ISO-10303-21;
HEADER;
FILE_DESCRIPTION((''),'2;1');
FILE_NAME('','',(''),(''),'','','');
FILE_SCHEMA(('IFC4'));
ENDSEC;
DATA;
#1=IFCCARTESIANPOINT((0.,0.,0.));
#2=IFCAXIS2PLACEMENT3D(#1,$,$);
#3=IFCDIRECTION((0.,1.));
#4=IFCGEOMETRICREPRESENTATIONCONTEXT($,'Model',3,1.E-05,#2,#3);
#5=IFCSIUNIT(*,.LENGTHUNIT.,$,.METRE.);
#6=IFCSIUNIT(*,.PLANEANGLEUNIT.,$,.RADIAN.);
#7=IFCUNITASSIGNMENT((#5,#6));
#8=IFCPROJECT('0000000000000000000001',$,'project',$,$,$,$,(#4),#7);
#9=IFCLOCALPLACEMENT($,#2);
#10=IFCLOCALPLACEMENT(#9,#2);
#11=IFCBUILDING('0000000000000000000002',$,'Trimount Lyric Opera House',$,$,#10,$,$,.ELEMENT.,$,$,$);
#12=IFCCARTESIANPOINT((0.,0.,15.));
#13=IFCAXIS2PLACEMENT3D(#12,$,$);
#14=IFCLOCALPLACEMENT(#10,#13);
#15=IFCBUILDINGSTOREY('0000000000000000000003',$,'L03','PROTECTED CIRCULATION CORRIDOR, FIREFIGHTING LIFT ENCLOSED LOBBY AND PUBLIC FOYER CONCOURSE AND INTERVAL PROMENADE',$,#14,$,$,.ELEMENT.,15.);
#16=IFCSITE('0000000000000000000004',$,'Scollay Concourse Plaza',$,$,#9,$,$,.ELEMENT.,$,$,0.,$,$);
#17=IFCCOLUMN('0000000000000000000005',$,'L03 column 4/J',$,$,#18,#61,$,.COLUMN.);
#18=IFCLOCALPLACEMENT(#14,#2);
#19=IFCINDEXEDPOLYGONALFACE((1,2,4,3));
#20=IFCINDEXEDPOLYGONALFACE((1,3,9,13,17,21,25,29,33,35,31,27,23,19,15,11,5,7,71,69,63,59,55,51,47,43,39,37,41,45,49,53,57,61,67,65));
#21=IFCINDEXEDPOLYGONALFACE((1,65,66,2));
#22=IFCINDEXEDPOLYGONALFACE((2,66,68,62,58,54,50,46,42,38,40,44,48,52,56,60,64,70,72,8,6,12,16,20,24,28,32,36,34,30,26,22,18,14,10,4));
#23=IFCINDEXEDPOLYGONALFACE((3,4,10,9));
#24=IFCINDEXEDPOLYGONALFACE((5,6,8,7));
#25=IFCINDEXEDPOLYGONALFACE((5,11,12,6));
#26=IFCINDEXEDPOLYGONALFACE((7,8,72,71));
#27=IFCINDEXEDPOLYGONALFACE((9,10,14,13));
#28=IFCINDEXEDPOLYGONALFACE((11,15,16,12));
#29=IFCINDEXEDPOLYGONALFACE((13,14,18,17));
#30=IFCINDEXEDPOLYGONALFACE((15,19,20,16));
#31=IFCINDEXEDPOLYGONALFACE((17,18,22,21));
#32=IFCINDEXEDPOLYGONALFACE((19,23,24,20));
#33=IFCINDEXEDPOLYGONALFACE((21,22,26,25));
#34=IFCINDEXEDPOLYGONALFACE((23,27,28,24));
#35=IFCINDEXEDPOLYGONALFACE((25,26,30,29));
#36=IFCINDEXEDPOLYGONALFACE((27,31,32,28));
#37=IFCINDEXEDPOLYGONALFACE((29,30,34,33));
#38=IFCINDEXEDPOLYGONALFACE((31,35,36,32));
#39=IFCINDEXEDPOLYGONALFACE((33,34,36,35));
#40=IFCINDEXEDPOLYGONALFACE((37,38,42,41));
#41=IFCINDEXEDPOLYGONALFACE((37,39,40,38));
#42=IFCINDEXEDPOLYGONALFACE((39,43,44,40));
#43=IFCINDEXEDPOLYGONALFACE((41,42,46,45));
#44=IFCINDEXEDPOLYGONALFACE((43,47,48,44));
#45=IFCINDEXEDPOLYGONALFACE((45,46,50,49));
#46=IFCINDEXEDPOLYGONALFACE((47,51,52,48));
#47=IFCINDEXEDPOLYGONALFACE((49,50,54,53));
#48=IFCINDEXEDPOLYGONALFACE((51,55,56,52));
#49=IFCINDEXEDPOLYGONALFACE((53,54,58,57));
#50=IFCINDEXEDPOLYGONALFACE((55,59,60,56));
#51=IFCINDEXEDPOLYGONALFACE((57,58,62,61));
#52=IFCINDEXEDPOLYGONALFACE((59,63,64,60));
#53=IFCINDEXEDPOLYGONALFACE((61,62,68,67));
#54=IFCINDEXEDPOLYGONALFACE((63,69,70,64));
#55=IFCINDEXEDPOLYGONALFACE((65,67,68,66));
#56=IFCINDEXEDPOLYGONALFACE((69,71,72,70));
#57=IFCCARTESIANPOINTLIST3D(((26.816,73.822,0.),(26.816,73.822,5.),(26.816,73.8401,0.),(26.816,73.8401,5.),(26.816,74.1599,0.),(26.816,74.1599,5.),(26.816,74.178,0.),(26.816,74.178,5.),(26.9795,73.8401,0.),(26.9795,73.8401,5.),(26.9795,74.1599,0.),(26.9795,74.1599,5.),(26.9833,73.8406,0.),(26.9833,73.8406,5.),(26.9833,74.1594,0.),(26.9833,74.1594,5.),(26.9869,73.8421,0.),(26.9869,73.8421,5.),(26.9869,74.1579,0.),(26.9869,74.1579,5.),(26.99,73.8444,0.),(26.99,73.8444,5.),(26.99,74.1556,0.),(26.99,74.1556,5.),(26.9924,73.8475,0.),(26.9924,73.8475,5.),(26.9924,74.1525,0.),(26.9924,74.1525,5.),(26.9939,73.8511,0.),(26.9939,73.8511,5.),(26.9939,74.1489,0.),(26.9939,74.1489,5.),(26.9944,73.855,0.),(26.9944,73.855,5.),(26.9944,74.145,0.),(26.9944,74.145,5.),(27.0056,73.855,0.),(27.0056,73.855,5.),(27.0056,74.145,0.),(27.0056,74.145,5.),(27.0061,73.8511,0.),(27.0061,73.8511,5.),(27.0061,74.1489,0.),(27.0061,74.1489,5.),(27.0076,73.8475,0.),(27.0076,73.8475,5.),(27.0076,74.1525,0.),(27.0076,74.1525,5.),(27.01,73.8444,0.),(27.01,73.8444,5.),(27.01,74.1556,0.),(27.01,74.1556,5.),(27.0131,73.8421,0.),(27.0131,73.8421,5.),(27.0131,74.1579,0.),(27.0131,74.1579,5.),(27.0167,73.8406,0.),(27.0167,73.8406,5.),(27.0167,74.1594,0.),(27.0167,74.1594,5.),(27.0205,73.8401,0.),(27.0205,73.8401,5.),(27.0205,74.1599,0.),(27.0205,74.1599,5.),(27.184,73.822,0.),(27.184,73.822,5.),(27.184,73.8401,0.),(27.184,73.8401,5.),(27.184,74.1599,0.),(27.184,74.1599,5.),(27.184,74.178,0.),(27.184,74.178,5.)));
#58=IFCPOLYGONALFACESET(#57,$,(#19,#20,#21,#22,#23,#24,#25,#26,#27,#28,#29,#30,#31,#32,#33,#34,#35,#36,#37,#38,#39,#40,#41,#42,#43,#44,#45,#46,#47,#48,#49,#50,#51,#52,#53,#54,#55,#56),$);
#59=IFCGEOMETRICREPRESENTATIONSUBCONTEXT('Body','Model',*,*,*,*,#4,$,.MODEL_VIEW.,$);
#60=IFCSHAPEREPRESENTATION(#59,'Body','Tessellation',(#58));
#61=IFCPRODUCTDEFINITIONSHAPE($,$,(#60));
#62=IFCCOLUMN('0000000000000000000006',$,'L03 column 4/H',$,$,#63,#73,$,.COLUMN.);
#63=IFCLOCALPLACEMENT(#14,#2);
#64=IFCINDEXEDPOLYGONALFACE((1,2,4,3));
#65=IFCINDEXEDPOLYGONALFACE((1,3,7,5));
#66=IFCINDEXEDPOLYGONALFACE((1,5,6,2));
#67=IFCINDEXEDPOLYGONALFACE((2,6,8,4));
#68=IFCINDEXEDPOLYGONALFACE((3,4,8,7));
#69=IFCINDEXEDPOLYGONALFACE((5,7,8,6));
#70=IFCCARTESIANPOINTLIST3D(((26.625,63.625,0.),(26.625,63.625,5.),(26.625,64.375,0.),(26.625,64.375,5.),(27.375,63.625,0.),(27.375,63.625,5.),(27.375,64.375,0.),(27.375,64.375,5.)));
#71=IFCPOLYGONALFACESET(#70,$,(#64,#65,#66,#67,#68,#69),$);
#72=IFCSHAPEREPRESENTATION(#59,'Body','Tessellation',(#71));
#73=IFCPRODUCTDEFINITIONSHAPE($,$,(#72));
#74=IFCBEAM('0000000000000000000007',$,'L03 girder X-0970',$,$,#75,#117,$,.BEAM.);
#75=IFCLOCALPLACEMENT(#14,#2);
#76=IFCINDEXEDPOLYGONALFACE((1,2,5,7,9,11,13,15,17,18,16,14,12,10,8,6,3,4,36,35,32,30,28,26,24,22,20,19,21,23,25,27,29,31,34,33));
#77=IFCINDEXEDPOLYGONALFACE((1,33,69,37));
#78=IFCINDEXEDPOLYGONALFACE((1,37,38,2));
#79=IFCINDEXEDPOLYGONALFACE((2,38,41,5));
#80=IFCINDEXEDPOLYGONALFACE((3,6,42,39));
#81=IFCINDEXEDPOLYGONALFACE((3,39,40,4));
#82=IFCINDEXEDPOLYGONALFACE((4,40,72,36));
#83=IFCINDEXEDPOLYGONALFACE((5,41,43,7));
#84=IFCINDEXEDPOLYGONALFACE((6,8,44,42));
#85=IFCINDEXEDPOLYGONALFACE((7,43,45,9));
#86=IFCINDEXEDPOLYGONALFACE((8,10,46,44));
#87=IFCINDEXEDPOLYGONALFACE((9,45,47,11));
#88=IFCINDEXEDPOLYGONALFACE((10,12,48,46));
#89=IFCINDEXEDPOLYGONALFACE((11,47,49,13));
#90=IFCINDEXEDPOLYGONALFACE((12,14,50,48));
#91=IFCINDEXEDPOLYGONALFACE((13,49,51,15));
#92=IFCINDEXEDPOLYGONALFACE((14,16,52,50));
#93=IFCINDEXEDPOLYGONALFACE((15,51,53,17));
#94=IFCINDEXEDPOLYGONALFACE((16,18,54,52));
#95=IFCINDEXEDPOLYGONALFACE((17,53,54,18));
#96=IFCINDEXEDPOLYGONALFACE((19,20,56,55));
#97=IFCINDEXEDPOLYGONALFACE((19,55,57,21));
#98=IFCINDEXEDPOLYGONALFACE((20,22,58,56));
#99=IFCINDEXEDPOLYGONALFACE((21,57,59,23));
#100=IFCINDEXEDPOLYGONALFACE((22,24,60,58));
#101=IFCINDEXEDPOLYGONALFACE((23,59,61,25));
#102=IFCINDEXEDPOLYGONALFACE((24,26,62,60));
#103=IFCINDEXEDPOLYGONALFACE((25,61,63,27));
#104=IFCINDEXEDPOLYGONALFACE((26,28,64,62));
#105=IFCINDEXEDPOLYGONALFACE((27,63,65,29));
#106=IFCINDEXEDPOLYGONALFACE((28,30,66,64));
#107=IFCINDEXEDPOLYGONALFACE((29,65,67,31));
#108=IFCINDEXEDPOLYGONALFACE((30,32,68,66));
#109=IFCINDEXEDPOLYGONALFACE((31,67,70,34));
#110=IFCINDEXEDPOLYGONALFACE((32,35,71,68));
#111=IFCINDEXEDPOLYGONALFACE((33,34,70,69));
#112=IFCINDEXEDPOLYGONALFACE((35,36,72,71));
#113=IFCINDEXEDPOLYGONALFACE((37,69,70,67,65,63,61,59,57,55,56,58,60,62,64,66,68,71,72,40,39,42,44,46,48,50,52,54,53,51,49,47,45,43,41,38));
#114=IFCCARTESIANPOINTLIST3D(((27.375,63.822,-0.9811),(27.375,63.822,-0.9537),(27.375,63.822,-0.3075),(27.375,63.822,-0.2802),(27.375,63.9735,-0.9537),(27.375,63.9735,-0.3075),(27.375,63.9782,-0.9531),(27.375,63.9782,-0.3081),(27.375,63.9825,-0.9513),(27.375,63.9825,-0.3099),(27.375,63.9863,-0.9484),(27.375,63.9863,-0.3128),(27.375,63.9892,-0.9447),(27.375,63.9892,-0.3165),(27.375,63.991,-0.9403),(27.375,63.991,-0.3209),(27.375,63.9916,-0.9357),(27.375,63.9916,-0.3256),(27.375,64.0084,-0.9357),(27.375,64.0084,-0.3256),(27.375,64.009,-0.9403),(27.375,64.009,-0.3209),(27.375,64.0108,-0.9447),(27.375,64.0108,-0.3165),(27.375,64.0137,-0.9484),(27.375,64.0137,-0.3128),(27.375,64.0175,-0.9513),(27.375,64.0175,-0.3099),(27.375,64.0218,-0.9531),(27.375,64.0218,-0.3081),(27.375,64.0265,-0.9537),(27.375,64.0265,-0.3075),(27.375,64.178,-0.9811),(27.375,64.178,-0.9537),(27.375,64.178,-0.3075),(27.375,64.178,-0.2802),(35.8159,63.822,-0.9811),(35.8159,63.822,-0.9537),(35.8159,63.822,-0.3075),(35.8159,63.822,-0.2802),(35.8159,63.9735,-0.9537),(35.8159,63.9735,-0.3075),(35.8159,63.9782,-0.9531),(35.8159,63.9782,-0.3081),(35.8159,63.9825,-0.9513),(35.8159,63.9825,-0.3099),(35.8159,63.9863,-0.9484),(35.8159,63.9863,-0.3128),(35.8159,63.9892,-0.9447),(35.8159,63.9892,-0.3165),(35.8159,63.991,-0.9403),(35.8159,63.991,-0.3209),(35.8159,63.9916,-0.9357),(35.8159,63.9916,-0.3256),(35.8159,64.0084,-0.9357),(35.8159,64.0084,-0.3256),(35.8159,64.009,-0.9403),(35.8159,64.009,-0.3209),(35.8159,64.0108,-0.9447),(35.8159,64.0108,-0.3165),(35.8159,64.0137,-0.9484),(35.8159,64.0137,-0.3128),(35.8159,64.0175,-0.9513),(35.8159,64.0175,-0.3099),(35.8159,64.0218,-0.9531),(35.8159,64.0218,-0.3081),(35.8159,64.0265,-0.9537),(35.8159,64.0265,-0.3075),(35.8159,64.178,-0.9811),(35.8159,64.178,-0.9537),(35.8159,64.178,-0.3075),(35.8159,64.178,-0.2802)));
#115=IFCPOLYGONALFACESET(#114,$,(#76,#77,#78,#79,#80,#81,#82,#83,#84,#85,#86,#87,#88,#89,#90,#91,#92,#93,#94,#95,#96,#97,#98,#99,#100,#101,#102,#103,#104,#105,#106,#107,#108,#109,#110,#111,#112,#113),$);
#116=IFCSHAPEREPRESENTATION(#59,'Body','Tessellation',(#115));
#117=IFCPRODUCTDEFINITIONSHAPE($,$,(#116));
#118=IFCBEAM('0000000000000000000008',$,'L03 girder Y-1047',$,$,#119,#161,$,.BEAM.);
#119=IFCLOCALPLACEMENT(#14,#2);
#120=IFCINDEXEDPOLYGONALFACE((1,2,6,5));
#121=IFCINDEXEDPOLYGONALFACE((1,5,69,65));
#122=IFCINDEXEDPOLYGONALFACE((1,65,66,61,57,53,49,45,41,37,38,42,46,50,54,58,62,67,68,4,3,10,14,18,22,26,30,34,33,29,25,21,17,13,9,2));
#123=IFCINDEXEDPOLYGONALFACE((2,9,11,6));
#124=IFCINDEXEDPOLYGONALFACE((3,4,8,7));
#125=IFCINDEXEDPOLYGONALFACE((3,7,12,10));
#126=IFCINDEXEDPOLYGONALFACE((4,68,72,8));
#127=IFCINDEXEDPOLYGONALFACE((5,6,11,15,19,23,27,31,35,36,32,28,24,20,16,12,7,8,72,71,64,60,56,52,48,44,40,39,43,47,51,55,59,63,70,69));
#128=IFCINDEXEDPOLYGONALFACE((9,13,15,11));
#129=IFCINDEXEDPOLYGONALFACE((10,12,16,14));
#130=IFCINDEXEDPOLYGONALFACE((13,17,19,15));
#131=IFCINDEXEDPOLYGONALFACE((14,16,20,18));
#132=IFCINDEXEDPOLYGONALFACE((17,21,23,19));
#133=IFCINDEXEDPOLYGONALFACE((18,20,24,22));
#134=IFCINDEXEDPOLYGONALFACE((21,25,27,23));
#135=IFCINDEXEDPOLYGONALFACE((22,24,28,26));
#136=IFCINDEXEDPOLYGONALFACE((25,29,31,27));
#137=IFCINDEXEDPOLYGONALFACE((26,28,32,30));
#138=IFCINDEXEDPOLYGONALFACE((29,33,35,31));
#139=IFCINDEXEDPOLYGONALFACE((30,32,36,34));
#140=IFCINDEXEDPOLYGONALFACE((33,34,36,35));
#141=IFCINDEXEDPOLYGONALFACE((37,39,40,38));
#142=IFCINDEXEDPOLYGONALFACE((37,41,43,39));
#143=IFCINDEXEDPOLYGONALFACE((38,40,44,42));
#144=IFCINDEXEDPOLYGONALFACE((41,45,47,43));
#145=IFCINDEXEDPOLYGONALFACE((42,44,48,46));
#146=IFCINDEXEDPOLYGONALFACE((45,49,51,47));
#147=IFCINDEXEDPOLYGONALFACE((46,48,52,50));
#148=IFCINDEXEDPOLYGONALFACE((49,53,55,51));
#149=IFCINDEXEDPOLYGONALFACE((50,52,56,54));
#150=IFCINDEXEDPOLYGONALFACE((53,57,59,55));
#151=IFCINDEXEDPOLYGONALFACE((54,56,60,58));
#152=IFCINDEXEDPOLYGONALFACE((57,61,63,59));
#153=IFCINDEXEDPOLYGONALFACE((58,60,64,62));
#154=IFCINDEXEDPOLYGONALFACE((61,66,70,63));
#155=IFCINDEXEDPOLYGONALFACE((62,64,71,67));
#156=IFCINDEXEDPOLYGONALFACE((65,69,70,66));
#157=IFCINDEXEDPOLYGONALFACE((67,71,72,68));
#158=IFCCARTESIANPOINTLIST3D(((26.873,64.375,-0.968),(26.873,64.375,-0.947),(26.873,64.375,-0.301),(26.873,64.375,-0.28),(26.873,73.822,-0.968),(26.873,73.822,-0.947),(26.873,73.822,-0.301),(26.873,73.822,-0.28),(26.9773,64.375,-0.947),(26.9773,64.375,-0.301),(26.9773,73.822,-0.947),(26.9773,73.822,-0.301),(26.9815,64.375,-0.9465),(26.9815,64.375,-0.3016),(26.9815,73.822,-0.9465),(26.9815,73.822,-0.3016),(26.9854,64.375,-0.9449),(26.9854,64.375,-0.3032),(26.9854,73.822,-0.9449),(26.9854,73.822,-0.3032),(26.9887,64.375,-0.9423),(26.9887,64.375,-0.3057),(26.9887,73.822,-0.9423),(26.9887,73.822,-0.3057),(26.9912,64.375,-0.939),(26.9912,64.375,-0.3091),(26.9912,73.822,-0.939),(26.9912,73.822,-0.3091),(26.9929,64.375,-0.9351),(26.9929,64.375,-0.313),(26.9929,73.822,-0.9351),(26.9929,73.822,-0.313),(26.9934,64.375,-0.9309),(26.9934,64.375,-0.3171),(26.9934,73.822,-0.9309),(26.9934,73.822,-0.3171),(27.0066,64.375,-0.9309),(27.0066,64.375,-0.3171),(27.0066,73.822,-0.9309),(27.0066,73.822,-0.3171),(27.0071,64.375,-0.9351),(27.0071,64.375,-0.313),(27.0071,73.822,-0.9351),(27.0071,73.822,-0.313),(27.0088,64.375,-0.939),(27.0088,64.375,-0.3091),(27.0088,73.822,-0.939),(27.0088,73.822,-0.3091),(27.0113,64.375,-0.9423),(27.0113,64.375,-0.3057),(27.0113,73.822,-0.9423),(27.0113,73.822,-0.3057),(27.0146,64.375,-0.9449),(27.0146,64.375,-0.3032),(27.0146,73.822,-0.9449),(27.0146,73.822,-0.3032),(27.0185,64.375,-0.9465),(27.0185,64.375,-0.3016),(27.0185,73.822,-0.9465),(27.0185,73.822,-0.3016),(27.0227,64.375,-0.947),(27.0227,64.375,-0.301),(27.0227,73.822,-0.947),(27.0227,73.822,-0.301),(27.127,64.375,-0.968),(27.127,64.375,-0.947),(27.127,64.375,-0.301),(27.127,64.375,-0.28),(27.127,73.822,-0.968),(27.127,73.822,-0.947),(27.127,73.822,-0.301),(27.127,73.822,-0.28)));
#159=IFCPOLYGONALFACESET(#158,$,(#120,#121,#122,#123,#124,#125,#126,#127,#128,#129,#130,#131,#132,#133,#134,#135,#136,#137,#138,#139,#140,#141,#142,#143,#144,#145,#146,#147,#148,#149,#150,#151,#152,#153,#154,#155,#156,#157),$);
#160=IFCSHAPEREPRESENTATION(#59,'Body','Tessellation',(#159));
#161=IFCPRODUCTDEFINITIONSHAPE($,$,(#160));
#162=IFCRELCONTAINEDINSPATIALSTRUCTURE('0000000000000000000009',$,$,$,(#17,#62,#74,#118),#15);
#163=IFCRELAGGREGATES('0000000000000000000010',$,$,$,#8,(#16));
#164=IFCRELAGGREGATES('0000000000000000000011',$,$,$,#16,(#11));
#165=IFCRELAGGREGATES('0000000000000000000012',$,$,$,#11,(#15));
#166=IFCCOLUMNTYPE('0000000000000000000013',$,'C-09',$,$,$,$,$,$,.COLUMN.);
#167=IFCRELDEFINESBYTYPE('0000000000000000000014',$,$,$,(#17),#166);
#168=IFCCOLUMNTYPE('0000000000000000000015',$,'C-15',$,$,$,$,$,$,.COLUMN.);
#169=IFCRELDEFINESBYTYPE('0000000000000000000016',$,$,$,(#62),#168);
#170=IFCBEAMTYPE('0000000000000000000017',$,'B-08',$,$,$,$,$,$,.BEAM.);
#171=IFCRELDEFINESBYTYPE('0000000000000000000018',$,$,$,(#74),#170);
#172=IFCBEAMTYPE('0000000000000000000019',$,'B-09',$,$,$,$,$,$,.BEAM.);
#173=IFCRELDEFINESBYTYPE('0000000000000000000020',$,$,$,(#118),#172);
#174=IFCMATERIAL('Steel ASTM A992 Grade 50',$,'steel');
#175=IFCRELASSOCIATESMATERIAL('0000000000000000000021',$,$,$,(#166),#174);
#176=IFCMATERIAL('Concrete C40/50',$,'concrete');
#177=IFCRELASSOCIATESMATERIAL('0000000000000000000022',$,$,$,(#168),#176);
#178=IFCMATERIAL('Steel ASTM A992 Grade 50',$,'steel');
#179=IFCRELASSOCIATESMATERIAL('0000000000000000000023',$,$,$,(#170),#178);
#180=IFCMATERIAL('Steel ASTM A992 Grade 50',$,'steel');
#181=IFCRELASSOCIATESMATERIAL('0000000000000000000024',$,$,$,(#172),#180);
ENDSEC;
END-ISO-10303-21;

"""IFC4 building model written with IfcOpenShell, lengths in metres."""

from ifc_helpers import new_model, si_unit, direction, frame, origin, origin_2d, place, context, subcontext, project, spatial, rectangle, i_section, extrude, material, material_profile, profile_set, type_object, element, save


model = new_model("IFC4")

# Units and contexts
model_context = context("Model", 3, precision=1e-05, world=origin(), true_north=direction((0.0, 1.0)))
body_context = subcontext(model_context, "Body", "Model", "MODEL_VIEW")
ifc_project = project(units=[si_unit("LENGTHUNIT", "METRE"), si_unit("PLANEANGLEUNIT", "RADIAN")], contexts=[model_context])

# Site, building, storey
site_placement = place(None, origin())
site = spatial("IfcSite", under=ifc_project, at=site_placement, Name="Scollay Concourse Plaza", CompositionType="ELEMENT", RefElevation=0.0)
building_placement = place(site_placement, origin())
building = spatial("IfcBuilding", under=site, at=building_placement, Name="Trimount Lyric Opera House", CompositionType="ELEMENT")
storey_placement = place(building_placement, frame((0.0, 0.0, 15.0)))
storey = spatial("IfcBuildingStorey", under=building, at=storey_placement, Name="L03", Description="PROTECTED CIRCULATION CORRIDOR, FIREFIGHTING LIFT ENCLOSED LOBBY AND PUBLIC FOYER CONCOURSE AND INTERVAL PROMENADE", CompositionType="ELEMENT", Elevation=15.0)

# Columns
ifc_material_1 = material(Name="Steel ASTM A992 Grade 50", Category="steel")
ifc_material_profile_1 = material_profile(ifc_material_1, i_section(OverallWidth=0.3679, OverallDepth=0.356, WebThickness=0.0112, FlangeThickness=0.0181, FilletRadius=0.0149, at=origin_2d()), Name="W14X90")
ifc_profile_set_1 = profile_set([ifc_material_profile_1], Name="Steel ASTM A992 Grade 50")
column_type_1 = type_object("IfcColumnType", Name="C-09", PredefinedType="COLUMN", material=ifc_profile_set_1)
column_1_placement = place(storey_placement, frame((27.0, 74.0, 0.0), z_axis=(0.0, 0.0, 1.0), x_axis=(1.0, 0.0, 0.0)))
element("IfcColumn", 1, at=column_1_placement, inside=storey, type_object=column_type_1, Name="L03 column 4/J", PredefinedType="COLUMN", context=body_context, shape_type="SweptSolid", body=[
    extrude(i_section(OverallWidth=0.3679, OverallDepth=0.356, WebThickness=0.0112, FlangeThickness=0.0181, FilletRadius=0.0149, at=origin_2d()), origin(), (0.0, 0.0, 1.0), 5.0),
])
ifc_material_2 = material(Name="Concrete C40/50", Category="concrete")
ifc_material_profile_2 = material_profile(ifc_material_2, rectangle(XDim=0.75, YDim=0.75, at=origin_2d()), Name="RC750X750")
ifc_profile_set_2 = profile_set([ifc_material_profile_2], Name="Concrete C40/50")
column_type_2 = type_object("IfcColumnType", Name="C-15", PredefinedType="COLUMN", material=ifc_profile_set_2)
column_2_placement = place(storey_placement, frame((27.0, 64.0, 0.0), z_axis=(0.0, 0.0, 1.0), x_axis=(1.0, 0.0, 0.0)))
element("IfcColumn", 2, at=column_2_placement, inside=storey, type_object=column_type_2, Name="L03 column 4/H", PredefinedType="COLUMN", context=body_context, shape_type="SweptSolid", body=[
    extrude(rectangle(XDim=0.75, YDim=0.75, at=origin_2d()), origin(), (0.0, 0.0, 1.0), 5.0),
])

# Beams
ifc_material_3 = material(Name="Steel ASTM A992 Grade 50", Category="steel")
ifc_material_profile_3 = material_profile(ifc_material_3, i_section(OverallWidth=0.356, OverallDepth=0.7009, WebThickness=0.0168, FlangeThickness=0.0273, FilletRadius=0.0181, at=origin_2d()), Name="W27X161")
ifc_profile_set_3 = profile_set([ifc_material_profile_3], Name="Steel ASTM A992 Grade 50")
beam_type_1 = type_object("IfcBeamType", Name="B-08", PredefinedType="BEAM", material=ifc_profile_set_3)
beam_1_placement = place(storey_placement, frame((27.375, 64.0, -0.6306), z_axis=(1.0, 0.0, 0.0), x_axis=(0.0, 1.0, 0.0)))
element("IfcBeam", 3, at=beam_1_placement, inside=storey, type_object=beam_type_1, Name="L03 girder X-0970", PredefinedType="BEAM", context=body_context, shape_type="SweptSolid", body=[
    extrude(i_section(OverallWidth=0.356, OverallDepth=0.7009, WebThickness=0.0168, FlangeThickness=0.0273, FilletRadius=0.0181, at=origin_2d()), origin(), (0.0, 0.0, 1.0), 8.4409),
])
ifc_material_4 = material(Name="Steel ASTM A992 Grade 50", Category="steel")
ifc_material_profile_4 = material_profile(ifc_material_4, i_section(OverallWidth=0.2539, OverallDepth=0.688, WebThickness=0.0132, FlangeThickness=0.021, FilletRadius=0.0161, at=origin_2d()), Name="W27X102")
ifc_profile_set_4 = profile_set([ifc_material_profile_4], Name="Steel ASTM A992 Grade 50")
beam_type_2 = type_object("IfcBeamType", Name="B-09", PredefinedType="BEAM", material=ifc_profile_set_4)
beam_2_placement = place(storey_placement, frame((27.0, 64.375, -0.624), z_axis=(0.0, 1.0, 0.0), x_axis=(-1.0, 0.0, 0.0)))
element("IfcBeam", 4, at=beam_2_placement, inside=storey, type_object=beam_type_2, Name="L03 girder Y-1047", PredefinedType="BEAM", context=body_context, shape_type="SweptSolid", body=[
    extrude(i_section(OverallWidth=0.2539, OverallDepth=0.688, WebThickness=0.0132, FlangeThickness=0.021, FilletRadius=0.0161, at=origin_2d()), origin(), (0.0, 0.0, 1.0), 9.447),
])

save(model, "model.ifc")
